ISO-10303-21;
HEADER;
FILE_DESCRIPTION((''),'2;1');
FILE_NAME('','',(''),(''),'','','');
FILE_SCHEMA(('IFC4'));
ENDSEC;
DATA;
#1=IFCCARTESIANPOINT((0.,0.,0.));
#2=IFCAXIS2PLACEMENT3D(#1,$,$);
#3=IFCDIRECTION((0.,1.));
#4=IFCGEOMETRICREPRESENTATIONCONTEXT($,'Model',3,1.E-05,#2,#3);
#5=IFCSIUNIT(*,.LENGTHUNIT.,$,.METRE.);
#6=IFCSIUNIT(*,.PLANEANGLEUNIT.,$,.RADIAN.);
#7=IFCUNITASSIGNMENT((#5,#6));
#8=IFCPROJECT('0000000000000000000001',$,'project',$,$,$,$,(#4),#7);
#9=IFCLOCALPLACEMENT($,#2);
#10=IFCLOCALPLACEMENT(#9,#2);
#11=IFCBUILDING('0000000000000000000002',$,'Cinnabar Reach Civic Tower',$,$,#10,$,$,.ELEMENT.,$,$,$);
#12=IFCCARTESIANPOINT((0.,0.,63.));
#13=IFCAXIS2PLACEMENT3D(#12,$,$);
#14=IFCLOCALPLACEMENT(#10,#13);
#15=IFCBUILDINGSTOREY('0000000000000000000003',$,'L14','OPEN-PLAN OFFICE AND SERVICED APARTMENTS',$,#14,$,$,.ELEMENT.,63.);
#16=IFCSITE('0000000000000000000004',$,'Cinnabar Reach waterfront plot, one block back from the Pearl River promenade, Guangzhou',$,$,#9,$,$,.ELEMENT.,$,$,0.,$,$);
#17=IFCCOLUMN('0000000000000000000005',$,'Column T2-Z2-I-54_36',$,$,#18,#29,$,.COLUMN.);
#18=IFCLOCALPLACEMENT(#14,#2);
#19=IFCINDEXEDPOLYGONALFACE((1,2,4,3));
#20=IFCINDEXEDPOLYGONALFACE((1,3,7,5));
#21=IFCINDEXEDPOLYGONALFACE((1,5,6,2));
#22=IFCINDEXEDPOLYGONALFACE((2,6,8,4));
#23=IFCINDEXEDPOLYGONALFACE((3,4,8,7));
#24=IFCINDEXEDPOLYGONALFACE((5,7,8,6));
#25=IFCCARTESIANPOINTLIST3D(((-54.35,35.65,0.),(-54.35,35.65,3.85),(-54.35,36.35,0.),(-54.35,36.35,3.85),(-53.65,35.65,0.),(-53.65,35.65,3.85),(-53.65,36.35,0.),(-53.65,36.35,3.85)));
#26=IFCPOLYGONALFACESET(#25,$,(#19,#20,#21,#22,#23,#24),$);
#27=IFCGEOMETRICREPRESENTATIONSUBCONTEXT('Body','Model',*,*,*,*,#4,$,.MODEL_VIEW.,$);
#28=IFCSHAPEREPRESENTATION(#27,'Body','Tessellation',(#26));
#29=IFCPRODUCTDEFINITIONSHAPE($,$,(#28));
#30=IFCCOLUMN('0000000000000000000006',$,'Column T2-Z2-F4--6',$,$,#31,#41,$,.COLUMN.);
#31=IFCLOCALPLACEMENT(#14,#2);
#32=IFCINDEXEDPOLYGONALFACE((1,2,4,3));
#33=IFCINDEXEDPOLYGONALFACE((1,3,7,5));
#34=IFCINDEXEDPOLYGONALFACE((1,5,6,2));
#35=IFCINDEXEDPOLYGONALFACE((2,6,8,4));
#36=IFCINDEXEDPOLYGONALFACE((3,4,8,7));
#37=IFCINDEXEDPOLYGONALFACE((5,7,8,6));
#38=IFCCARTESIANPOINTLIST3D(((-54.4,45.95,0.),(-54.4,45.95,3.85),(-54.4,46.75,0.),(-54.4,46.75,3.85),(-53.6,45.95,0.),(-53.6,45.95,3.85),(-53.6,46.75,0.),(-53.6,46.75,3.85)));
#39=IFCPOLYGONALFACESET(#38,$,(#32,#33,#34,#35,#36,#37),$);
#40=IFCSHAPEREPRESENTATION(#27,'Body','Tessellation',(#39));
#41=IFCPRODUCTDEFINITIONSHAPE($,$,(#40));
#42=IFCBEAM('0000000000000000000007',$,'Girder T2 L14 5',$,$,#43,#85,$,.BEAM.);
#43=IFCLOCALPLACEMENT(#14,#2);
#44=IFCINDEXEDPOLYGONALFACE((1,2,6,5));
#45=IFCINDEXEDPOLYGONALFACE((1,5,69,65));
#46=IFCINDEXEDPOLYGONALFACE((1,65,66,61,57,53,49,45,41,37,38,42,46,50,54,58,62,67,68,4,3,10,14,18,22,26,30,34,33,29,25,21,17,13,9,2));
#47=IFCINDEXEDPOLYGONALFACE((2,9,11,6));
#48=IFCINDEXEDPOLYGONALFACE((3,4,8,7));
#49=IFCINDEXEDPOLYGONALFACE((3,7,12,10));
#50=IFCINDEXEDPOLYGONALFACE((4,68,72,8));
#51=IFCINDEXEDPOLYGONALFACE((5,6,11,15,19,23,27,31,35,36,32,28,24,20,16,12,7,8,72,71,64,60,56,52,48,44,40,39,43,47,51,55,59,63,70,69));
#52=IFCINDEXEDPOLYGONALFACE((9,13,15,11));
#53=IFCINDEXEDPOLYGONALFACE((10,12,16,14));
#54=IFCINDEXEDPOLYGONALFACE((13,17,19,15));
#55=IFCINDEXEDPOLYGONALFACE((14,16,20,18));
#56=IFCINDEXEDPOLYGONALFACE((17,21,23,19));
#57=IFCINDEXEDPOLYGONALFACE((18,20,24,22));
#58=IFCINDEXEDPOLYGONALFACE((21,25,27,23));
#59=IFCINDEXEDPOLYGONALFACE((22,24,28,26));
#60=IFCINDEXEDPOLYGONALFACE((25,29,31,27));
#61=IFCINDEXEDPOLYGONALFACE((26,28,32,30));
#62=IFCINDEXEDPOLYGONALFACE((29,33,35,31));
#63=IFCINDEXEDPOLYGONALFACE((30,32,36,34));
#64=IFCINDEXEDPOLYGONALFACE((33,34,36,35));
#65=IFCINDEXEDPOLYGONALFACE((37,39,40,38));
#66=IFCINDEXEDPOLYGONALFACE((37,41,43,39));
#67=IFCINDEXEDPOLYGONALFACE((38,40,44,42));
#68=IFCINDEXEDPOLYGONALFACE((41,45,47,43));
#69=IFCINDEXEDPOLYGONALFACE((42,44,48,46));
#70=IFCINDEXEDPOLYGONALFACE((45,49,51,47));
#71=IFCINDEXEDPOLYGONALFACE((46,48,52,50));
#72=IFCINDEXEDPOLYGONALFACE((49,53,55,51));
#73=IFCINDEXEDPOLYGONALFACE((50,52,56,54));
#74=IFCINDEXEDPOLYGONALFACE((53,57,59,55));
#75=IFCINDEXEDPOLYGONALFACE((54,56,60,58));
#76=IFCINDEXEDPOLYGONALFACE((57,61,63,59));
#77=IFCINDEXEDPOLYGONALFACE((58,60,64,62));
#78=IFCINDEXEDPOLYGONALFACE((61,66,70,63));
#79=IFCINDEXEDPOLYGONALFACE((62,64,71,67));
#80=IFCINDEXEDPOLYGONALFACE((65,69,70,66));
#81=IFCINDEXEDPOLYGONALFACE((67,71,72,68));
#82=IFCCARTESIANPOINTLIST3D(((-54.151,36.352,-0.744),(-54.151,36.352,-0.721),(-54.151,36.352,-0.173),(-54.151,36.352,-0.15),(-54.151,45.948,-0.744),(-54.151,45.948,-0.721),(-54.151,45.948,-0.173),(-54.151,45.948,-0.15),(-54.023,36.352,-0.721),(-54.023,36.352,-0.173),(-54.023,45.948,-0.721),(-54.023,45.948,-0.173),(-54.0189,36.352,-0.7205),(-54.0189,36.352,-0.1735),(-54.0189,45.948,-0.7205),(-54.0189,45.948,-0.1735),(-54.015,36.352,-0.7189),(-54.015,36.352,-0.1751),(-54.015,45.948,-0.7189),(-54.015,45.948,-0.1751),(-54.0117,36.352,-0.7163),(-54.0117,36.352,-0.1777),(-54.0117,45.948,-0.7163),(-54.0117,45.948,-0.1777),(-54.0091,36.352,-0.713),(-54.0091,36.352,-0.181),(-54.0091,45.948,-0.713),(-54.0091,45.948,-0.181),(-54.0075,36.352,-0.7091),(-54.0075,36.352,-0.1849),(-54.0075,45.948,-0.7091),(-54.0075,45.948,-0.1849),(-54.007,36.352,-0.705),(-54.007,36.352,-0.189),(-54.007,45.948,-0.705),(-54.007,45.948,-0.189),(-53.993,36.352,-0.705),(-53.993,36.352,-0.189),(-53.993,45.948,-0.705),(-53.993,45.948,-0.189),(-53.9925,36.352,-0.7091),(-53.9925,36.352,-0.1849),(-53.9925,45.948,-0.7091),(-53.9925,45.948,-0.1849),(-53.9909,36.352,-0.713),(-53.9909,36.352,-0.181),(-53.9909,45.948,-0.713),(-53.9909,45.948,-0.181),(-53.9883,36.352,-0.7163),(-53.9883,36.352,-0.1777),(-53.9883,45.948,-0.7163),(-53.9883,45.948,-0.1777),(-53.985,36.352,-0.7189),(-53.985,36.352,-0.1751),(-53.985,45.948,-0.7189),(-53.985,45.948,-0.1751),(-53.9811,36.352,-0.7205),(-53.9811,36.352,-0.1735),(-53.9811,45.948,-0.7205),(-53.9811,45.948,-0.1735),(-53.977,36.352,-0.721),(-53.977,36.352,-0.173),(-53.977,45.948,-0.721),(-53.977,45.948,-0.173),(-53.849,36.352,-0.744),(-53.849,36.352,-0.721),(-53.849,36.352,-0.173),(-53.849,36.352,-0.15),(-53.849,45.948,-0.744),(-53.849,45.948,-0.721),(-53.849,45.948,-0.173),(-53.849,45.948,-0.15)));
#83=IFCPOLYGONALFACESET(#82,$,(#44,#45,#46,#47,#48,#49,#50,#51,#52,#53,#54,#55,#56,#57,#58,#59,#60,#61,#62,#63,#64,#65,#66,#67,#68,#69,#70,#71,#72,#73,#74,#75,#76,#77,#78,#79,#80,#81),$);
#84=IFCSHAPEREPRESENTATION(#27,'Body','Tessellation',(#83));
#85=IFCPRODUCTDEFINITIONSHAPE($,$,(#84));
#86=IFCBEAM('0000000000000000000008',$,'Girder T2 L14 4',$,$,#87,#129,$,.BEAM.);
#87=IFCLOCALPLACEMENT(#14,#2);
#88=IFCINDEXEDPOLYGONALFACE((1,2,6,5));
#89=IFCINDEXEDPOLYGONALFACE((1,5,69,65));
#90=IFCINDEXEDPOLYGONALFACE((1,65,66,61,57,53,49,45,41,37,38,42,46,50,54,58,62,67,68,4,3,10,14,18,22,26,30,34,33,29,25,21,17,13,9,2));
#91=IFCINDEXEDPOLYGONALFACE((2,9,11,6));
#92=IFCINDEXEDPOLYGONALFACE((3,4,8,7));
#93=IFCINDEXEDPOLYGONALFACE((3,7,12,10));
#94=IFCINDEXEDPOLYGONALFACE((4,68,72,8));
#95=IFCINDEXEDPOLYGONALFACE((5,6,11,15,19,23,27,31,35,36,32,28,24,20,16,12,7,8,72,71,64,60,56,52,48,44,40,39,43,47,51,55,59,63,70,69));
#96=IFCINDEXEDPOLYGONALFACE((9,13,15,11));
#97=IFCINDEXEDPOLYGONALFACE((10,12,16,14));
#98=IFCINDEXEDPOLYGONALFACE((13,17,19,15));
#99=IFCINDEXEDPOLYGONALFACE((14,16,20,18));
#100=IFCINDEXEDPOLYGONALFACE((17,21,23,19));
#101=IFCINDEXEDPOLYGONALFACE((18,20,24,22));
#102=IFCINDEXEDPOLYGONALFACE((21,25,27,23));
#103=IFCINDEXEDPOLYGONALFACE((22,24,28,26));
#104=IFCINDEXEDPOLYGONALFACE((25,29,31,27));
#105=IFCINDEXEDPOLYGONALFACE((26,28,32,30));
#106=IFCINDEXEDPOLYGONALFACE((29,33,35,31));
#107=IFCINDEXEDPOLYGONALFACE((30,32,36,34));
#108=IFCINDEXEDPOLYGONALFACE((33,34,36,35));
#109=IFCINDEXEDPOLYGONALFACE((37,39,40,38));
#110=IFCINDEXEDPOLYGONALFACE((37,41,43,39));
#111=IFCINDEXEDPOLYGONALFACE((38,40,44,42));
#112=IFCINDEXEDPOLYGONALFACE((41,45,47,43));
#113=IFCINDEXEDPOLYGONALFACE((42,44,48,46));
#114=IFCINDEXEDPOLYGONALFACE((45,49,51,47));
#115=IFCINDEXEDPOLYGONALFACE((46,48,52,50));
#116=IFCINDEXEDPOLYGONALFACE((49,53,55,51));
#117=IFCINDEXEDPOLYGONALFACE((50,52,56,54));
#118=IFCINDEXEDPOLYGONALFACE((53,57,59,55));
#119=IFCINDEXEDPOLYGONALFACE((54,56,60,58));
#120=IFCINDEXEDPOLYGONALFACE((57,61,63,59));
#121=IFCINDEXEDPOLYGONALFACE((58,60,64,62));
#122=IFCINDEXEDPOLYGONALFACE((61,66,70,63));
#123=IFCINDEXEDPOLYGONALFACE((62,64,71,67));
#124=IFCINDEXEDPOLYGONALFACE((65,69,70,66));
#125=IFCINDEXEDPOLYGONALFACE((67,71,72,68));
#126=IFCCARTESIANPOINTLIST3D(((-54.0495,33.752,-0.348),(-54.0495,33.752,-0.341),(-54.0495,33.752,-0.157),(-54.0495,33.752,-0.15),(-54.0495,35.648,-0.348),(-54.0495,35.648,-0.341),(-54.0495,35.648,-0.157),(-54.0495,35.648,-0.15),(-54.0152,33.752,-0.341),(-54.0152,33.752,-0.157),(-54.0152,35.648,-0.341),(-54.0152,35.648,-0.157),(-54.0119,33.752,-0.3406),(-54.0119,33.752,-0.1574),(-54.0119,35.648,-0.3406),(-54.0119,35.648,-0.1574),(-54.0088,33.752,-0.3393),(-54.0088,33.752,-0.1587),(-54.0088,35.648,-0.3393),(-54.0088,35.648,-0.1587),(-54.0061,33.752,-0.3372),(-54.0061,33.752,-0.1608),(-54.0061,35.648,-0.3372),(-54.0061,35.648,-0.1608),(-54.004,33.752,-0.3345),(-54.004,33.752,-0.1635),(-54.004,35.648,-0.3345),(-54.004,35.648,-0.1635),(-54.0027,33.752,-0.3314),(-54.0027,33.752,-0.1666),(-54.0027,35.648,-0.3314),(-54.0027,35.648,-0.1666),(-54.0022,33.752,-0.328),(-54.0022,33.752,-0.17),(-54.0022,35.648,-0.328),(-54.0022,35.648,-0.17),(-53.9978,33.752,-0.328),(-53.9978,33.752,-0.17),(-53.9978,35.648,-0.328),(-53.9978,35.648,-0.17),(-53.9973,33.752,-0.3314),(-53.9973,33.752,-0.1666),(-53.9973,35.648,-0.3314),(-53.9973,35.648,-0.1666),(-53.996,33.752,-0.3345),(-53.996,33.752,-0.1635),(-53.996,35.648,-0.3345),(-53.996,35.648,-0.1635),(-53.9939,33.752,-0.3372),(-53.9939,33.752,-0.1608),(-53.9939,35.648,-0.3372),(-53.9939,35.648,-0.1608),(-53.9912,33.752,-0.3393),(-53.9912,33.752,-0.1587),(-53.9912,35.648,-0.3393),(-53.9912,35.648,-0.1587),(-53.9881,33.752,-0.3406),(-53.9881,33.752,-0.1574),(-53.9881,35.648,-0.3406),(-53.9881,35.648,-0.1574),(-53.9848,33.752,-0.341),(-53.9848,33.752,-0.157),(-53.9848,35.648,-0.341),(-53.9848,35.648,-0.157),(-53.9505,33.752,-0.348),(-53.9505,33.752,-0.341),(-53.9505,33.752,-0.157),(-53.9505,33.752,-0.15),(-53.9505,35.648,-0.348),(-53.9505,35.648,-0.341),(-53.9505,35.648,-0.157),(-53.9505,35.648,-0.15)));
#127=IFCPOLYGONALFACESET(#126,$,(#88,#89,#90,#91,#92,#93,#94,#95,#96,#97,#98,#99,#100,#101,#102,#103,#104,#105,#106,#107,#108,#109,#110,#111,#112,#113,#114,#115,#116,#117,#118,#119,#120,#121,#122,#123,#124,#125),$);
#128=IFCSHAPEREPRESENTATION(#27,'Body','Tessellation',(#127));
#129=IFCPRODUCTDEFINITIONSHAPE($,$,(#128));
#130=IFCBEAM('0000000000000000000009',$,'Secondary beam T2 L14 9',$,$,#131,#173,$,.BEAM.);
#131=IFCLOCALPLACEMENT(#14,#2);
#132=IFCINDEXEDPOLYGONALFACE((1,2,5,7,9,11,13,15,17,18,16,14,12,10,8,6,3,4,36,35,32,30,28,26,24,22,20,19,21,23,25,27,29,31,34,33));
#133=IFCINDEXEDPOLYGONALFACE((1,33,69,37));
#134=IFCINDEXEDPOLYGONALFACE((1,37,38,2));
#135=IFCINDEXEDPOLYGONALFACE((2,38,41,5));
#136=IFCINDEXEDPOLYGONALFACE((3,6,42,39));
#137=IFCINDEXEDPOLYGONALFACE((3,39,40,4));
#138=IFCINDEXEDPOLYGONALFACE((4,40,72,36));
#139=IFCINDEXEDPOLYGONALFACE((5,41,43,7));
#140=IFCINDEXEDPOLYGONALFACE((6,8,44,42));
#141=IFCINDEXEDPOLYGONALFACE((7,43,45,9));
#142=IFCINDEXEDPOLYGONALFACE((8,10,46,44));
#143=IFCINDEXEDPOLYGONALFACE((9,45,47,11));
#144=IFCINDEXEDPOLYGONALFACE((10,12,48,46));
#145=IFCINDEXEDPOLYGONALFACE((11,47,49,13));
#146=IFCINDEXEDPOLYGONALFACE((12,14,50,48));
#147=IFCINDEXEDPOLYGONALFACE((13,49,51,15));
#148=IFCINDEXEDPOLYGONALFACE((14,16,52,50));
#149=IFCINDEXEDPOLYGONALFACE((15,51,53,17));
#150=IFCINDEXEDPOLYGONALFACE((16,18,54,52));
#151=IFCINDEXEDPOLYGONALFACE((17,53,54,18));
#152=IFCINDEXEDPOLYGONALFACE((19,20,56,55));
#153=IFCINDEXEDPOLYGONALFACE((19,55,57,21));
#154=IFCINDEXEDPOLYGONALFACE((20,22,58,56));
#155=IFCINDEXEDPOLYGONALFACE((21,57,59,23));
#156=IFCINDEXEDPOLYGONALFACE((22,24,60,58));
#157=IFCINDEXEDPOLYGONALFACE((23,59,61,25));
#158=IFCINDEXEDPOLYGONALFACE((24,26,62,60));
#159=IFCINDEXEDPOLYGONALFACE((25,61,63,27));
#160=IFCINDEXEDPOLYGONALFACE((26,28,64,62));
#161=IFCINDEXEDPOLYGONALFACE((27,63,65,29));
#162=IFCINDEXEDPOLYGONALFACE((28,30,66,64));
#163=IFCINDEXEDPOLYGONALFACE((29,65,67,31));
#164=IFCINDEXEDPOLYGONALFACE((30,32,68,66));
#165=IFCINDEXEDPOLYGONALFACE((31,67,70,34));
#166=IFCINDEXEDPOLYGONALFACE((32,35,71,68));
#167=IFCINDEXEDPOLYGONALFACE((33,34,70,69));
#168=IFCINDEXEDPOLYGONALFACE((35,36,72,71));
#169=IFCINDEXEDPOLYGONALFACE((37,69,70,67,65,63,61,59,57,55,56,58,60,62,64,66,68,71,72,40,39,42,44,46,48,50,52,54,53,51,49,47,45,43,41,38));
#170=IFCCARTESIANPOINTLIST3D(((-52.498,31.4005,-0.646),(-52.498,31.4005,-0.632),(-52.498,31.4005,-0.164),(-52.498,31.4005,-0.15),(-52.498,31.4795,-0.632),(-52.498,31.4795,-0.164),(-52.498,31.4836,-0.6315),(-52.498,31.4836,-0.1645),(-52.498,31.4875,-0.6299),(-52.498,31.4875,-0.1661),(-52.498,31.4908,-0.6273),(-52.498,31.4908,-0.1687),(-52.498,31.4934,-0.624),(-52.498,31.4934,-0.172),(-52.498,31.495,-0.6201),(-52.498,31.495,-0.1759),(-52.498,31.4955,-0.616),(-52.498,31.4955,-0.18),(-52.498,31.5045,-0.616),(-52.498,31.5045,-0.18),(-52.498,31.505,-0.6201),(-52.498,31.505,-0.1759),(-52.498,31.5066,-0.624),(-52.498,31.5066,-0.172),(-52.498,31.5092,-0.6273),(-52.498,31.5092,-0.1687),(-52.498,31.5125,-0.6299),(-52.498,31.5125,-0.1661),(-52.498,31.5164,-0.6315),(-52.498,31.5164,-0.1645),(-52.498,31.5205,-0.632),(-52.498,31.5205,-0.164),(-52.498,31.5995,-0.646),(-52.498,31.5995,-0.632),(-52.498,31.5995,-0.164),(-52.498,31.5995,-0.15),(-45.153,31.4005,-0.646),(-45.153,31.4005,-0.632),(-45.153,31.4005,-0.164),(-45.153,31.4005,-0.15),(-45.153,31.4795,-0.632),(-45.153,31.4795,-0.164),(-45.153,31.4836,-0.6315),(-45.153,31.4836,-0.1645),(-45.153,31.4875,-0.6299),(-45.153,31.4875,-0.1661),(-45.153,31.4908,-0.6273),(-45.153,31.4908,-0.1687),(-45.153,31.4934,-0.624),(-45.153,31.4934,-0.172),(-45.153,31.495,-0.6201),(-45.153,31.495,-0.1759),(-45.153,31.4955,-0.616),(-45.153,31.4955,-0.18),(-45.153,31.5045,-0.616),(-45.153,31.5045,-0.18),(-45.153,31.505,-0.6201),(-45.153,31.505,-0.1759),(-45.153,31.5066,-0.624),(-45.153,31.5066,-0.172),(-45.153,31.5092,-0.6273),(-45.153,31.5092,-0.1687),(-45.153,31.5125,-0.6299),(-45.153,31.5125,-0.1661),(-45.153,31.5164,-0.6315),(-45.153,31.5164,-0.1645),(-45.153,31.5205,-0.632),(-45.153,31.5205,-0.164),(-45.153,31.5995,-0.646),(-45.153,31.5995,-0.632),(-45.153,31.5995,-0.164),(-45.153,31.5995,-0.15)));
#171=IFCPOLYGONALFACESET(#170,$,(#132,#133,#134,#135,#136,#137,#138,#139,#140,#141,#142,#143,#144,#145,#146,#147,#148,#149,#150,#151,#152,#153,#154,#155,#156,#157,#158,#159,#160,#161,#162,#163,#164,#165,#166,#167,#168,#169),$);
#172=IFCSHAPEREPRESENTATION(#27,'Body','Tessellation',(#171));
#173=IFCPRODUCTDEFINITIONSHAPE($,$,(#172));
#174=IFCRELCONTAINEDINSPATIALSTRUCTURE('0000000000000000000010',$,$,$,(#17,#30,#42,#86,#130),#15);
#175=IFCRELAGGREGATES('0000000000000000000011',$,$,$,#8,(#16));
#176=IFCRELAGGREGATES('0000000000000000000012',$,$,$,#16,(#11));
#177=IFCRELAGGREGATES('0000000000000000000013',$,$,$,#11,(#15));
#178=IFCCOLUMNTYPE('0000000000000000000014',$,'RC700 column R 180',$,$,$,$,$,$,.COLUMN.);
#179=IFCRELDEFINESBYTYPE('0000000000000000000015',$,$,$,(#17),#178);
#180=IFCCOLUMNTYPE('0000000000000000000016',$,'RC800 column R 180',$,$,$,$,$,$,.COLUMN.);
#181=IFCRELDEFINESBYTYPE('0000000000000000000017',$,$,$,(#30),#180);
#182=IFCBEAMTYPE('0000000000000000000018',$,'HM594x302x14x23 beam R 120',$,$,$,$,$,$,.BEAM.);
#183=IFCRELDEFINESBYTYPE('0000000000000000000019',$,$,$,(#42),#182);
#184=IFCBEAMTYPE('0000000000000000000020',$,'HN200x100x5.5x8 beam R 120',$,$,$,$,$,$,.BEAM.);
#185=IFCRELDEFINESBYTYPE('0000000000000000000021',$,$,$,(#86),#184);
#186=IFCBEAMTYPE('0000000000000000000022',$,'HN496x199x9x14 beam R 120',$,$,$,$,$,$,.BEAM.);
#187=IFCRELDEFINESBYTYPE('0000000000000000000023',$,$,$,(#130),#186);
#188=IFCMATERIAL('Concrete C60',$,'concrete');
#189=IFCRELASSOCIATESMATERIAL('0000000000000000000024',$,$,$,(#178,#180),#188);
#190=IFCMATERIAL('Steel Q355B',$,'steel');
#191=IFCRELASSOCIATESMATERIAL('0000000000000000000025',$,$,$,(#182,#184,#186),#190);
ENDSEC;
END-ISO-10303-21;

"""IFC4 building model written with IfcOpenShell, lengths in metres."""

from ifc_helpers import new_model, si_unit, direction, frame, origin, origin_2d, place, context, subcontext, project, spatial, rectangle, i_section, extrude, material, material_profile, profile_set, type_object, element, save


model = new_model("IFC4")

# Units and contexts
model_context = context("Model", 3, precision=1e-05, world=origin(), true_north=direction((0.0, 1.0)))
body_context = subcontext(model_context, "Body", "Model", "MODEL_VIEW")
ifc_project = project(units=[si_unit("LENGTHUNIT", "METRE"), si_unit("PLANEANGLEUNIT", "RADIAN")], contexts=[model_context])

# Site, building, storey
site_placement = place(None, origin())
site = spatial("IfcSite", under=ifc_project, at=site_placement, Name="Cinnabar Reach waterfront plot, one block back from the Pearl River promenade, Guangzhou", CompositionType="ELEMENT", RefElevation=0.0)
building_placement = place(site_placement, origin())
building = spatial("IfcBuilding", under=site, at=building_placement, Name="Cinnabar Reach Civic Tower", CompositionType="ELEMENT")
storey_placement = place(building_placement, frame((0.0, 0.0, 63.0)))
storey = spatial("IfcBuildingStorey", under=building, at=storey_placement, Name="L14", Description="OPEN-PLAN OFFICE AND SERVICED APARTMENTS", CompositionType="ELEMENT", Elevation=63.0)

# Columns
ifc_material_1 = material(Name="Concrete C60", Category="concrete")
ifc_material_profile_1 = material_profile(ifc_material_1, rectangle(XDim=0.7, YDim=0.7, at=origin_2d()), Name="RC700")
ifc_profile_set_1 = profile_set([ifc_material_profile_1], Name="Concrete C60")
column_type_1 = type_object("IfcColumnType", Name="RC700 column R 180", PredefinedType="COLUMN", material=ifc_profile_set_1)
column_1_placement = place(storey_placement, frame((-54.0, 36.0, 0.0), z_axis=(0.0, 0.0, 1.0), x_axis=(1.0, 0.0, 0.0)))
element("IfcColumn", 1, at=column_1_placement, inside=storey, type_object=column_type_1, Name="Column T2-Z2-I-54_36", PredefinedType="COLUMN", context=body_context, shape_type="SweptSolid", body=[
    extrude(rectangle(XDim=0.7, YDim=0.7, at=origin_2d()), origin(), (0.0, 0.0, 1.0), 3.85),
])
ifc_material_profile_2 = material_profile(ifc_material_1, rectangle(XDim=0.8, YDim=0.8, at=origin_2d()), Name="RC800")
ifc_profile_set_2 = profile_set([ifc_material_profile_2], Name="Concrete C60")
column_type_2 = type_object("IfcColumnType", Name="RC800 column R 180", PredefinedType="COLUMN", material=ifc_profile_set_2)
column_2_placement = place(storey_placement, frame((-54.0, 46.35, 0.0), z_axis=(0.0, 0.0, 1.0), x_axis=(1.0, 0.0, 0.0)))
element("IfcColumn", 2, at=column_2_placement, inside=storey, type_object=column_type_2, Name="Column T2-Z2-F4--6", PredefinedType="COLUMN", context=body_context, shape_type="SweptSolid", body=[
    extrude(rectangle(XDim=0.8, YDim=0.8, at=origin_2d()), origin(), (0.0, 0.0, 1.0), 3.85),
])

# Beams
ifc_material_2 = material(Name="Steel Q355B", Category="steel")
ifc_material_profile_3 = material_profile(ifc_material_2, i_section(OverallWidth=0.302, OverallDepth=0.594, WebThickness=0.014, FlangeThickness=0.023, FilletRadius=0.016, at=origin_2d()), Name="HM594x302x14x23")
ifc_profile_set_3 = profile_set([ifc_material_profile_3], Name="Steel Q355B")
beam_type_1 = type_object("IfcBeamType", Name="HM594x302x14x23 beam R 120", PredefinedType="BEAM", material=ifc_profile_set_3)
beam_1_placement = place(storey_placement, frame((-54.0, 36.352, -0.447), z_axis=(0.0, 1.0, 0.0), x_axis=(-1.0, 0.0, 0.0)))
element("IfcBeam", 3, at=beam_1_placement, inside=storey, type_object=beam_type_1, Name="Girder T2 L14 5", PredefinedType="BEAM", context=body_context, shape_type="SweptSolid", body=[
    extrude(i_section(OverallWidth=0.302, OverallDepth=0.594, WebThickness=0.014, FlangeThickness=0.023, FilletRadius=0.016, at=origin_2d()), origin(), (0.0, 0.0, 1.0), 9.596),
])
ifc_material_profile_4 = material_profile(ifc_material_2, i_section(OverallWidth=0.099, OverallDepth=0.198, WebThickness=0.0045, FlangeThickness=0.007, FilletRadius=0.013, at=origin_2d()), Name="HN200x100x5.5x8")
ifc_profile_set_4 = profile_set([ifc_material_profile_4], Name="Steel Q355B")
beam_type_2 = type_object("IfcBeamType", Name="HN200x100x5.5x8 beam R 120", PredefinedType="BEAM", material=ifc_profile_set_4)
beam_2_placement = place(storey_placement, frame((-54.0, 33.752, -0.249), z_axis=(0.0, 1.0, 0.0), x_axis=(-1.0, 0.0, 0.0)))
element("IfcBeam", 4, at=beam_2_placement, inside=storey, type_object=beam_type_2, Name="Girder T2 L14 4", PredefinedType="BEAM", context=body_context, shape_type="SweptSolid", body=[
    extrude(i_section(OverallWidth=0.099, OverallDepth=0.198, WebThickness=0.0045, FlangeThickness=0.007, FilletRadius=0.013, at=origin_2d()), origin(), (0.0, 0.0, 1.0), 1.896),
])
ifc_material_profile_5 = material_profile(ifc_material_2, i_section(OverallWidth=0.199, OverallDepth=0.496, WebThickness=0.009, FlangeThickness=0.014, FilletRadius=0.016, at=origin_2d()), Name="HN496x199x9x14")
ifc_profile_set_5 = profile_set([ifc_material_profile_5], Name="Steel Q355B")
beam_type_3 = type_object("IfcBeamType", Name="HN496x199x9x14 beam R 120", PredefinedType="BEAM", material=ifc_profile_set_5)
beam_3_placement = place(storey_placement, frame((-52.498, 31.5, -0.398), z_axis=(1.0, 0.0, 0.0), x_axis=(0.0, 1.0, 0.0)))
element("IfcBeam", 5, at=beam_3_placement, inside=storey, type_object=beam_type_3, Name="Secondary beam T2 L14 9", PredefinedType="BEAM", context=body_context, shape_type="SweptSolid", body=[
    extrude(i_section(OverallWidth=0.199, OverallDepth=0.496, WebThickness=0.009, FlangeThickness=0.014, FilletRadius=0.016, at=origin_2d()), origin(), (0.0, 0.0, 1.0), 7.345),
])

save(model, "model.ifc")
